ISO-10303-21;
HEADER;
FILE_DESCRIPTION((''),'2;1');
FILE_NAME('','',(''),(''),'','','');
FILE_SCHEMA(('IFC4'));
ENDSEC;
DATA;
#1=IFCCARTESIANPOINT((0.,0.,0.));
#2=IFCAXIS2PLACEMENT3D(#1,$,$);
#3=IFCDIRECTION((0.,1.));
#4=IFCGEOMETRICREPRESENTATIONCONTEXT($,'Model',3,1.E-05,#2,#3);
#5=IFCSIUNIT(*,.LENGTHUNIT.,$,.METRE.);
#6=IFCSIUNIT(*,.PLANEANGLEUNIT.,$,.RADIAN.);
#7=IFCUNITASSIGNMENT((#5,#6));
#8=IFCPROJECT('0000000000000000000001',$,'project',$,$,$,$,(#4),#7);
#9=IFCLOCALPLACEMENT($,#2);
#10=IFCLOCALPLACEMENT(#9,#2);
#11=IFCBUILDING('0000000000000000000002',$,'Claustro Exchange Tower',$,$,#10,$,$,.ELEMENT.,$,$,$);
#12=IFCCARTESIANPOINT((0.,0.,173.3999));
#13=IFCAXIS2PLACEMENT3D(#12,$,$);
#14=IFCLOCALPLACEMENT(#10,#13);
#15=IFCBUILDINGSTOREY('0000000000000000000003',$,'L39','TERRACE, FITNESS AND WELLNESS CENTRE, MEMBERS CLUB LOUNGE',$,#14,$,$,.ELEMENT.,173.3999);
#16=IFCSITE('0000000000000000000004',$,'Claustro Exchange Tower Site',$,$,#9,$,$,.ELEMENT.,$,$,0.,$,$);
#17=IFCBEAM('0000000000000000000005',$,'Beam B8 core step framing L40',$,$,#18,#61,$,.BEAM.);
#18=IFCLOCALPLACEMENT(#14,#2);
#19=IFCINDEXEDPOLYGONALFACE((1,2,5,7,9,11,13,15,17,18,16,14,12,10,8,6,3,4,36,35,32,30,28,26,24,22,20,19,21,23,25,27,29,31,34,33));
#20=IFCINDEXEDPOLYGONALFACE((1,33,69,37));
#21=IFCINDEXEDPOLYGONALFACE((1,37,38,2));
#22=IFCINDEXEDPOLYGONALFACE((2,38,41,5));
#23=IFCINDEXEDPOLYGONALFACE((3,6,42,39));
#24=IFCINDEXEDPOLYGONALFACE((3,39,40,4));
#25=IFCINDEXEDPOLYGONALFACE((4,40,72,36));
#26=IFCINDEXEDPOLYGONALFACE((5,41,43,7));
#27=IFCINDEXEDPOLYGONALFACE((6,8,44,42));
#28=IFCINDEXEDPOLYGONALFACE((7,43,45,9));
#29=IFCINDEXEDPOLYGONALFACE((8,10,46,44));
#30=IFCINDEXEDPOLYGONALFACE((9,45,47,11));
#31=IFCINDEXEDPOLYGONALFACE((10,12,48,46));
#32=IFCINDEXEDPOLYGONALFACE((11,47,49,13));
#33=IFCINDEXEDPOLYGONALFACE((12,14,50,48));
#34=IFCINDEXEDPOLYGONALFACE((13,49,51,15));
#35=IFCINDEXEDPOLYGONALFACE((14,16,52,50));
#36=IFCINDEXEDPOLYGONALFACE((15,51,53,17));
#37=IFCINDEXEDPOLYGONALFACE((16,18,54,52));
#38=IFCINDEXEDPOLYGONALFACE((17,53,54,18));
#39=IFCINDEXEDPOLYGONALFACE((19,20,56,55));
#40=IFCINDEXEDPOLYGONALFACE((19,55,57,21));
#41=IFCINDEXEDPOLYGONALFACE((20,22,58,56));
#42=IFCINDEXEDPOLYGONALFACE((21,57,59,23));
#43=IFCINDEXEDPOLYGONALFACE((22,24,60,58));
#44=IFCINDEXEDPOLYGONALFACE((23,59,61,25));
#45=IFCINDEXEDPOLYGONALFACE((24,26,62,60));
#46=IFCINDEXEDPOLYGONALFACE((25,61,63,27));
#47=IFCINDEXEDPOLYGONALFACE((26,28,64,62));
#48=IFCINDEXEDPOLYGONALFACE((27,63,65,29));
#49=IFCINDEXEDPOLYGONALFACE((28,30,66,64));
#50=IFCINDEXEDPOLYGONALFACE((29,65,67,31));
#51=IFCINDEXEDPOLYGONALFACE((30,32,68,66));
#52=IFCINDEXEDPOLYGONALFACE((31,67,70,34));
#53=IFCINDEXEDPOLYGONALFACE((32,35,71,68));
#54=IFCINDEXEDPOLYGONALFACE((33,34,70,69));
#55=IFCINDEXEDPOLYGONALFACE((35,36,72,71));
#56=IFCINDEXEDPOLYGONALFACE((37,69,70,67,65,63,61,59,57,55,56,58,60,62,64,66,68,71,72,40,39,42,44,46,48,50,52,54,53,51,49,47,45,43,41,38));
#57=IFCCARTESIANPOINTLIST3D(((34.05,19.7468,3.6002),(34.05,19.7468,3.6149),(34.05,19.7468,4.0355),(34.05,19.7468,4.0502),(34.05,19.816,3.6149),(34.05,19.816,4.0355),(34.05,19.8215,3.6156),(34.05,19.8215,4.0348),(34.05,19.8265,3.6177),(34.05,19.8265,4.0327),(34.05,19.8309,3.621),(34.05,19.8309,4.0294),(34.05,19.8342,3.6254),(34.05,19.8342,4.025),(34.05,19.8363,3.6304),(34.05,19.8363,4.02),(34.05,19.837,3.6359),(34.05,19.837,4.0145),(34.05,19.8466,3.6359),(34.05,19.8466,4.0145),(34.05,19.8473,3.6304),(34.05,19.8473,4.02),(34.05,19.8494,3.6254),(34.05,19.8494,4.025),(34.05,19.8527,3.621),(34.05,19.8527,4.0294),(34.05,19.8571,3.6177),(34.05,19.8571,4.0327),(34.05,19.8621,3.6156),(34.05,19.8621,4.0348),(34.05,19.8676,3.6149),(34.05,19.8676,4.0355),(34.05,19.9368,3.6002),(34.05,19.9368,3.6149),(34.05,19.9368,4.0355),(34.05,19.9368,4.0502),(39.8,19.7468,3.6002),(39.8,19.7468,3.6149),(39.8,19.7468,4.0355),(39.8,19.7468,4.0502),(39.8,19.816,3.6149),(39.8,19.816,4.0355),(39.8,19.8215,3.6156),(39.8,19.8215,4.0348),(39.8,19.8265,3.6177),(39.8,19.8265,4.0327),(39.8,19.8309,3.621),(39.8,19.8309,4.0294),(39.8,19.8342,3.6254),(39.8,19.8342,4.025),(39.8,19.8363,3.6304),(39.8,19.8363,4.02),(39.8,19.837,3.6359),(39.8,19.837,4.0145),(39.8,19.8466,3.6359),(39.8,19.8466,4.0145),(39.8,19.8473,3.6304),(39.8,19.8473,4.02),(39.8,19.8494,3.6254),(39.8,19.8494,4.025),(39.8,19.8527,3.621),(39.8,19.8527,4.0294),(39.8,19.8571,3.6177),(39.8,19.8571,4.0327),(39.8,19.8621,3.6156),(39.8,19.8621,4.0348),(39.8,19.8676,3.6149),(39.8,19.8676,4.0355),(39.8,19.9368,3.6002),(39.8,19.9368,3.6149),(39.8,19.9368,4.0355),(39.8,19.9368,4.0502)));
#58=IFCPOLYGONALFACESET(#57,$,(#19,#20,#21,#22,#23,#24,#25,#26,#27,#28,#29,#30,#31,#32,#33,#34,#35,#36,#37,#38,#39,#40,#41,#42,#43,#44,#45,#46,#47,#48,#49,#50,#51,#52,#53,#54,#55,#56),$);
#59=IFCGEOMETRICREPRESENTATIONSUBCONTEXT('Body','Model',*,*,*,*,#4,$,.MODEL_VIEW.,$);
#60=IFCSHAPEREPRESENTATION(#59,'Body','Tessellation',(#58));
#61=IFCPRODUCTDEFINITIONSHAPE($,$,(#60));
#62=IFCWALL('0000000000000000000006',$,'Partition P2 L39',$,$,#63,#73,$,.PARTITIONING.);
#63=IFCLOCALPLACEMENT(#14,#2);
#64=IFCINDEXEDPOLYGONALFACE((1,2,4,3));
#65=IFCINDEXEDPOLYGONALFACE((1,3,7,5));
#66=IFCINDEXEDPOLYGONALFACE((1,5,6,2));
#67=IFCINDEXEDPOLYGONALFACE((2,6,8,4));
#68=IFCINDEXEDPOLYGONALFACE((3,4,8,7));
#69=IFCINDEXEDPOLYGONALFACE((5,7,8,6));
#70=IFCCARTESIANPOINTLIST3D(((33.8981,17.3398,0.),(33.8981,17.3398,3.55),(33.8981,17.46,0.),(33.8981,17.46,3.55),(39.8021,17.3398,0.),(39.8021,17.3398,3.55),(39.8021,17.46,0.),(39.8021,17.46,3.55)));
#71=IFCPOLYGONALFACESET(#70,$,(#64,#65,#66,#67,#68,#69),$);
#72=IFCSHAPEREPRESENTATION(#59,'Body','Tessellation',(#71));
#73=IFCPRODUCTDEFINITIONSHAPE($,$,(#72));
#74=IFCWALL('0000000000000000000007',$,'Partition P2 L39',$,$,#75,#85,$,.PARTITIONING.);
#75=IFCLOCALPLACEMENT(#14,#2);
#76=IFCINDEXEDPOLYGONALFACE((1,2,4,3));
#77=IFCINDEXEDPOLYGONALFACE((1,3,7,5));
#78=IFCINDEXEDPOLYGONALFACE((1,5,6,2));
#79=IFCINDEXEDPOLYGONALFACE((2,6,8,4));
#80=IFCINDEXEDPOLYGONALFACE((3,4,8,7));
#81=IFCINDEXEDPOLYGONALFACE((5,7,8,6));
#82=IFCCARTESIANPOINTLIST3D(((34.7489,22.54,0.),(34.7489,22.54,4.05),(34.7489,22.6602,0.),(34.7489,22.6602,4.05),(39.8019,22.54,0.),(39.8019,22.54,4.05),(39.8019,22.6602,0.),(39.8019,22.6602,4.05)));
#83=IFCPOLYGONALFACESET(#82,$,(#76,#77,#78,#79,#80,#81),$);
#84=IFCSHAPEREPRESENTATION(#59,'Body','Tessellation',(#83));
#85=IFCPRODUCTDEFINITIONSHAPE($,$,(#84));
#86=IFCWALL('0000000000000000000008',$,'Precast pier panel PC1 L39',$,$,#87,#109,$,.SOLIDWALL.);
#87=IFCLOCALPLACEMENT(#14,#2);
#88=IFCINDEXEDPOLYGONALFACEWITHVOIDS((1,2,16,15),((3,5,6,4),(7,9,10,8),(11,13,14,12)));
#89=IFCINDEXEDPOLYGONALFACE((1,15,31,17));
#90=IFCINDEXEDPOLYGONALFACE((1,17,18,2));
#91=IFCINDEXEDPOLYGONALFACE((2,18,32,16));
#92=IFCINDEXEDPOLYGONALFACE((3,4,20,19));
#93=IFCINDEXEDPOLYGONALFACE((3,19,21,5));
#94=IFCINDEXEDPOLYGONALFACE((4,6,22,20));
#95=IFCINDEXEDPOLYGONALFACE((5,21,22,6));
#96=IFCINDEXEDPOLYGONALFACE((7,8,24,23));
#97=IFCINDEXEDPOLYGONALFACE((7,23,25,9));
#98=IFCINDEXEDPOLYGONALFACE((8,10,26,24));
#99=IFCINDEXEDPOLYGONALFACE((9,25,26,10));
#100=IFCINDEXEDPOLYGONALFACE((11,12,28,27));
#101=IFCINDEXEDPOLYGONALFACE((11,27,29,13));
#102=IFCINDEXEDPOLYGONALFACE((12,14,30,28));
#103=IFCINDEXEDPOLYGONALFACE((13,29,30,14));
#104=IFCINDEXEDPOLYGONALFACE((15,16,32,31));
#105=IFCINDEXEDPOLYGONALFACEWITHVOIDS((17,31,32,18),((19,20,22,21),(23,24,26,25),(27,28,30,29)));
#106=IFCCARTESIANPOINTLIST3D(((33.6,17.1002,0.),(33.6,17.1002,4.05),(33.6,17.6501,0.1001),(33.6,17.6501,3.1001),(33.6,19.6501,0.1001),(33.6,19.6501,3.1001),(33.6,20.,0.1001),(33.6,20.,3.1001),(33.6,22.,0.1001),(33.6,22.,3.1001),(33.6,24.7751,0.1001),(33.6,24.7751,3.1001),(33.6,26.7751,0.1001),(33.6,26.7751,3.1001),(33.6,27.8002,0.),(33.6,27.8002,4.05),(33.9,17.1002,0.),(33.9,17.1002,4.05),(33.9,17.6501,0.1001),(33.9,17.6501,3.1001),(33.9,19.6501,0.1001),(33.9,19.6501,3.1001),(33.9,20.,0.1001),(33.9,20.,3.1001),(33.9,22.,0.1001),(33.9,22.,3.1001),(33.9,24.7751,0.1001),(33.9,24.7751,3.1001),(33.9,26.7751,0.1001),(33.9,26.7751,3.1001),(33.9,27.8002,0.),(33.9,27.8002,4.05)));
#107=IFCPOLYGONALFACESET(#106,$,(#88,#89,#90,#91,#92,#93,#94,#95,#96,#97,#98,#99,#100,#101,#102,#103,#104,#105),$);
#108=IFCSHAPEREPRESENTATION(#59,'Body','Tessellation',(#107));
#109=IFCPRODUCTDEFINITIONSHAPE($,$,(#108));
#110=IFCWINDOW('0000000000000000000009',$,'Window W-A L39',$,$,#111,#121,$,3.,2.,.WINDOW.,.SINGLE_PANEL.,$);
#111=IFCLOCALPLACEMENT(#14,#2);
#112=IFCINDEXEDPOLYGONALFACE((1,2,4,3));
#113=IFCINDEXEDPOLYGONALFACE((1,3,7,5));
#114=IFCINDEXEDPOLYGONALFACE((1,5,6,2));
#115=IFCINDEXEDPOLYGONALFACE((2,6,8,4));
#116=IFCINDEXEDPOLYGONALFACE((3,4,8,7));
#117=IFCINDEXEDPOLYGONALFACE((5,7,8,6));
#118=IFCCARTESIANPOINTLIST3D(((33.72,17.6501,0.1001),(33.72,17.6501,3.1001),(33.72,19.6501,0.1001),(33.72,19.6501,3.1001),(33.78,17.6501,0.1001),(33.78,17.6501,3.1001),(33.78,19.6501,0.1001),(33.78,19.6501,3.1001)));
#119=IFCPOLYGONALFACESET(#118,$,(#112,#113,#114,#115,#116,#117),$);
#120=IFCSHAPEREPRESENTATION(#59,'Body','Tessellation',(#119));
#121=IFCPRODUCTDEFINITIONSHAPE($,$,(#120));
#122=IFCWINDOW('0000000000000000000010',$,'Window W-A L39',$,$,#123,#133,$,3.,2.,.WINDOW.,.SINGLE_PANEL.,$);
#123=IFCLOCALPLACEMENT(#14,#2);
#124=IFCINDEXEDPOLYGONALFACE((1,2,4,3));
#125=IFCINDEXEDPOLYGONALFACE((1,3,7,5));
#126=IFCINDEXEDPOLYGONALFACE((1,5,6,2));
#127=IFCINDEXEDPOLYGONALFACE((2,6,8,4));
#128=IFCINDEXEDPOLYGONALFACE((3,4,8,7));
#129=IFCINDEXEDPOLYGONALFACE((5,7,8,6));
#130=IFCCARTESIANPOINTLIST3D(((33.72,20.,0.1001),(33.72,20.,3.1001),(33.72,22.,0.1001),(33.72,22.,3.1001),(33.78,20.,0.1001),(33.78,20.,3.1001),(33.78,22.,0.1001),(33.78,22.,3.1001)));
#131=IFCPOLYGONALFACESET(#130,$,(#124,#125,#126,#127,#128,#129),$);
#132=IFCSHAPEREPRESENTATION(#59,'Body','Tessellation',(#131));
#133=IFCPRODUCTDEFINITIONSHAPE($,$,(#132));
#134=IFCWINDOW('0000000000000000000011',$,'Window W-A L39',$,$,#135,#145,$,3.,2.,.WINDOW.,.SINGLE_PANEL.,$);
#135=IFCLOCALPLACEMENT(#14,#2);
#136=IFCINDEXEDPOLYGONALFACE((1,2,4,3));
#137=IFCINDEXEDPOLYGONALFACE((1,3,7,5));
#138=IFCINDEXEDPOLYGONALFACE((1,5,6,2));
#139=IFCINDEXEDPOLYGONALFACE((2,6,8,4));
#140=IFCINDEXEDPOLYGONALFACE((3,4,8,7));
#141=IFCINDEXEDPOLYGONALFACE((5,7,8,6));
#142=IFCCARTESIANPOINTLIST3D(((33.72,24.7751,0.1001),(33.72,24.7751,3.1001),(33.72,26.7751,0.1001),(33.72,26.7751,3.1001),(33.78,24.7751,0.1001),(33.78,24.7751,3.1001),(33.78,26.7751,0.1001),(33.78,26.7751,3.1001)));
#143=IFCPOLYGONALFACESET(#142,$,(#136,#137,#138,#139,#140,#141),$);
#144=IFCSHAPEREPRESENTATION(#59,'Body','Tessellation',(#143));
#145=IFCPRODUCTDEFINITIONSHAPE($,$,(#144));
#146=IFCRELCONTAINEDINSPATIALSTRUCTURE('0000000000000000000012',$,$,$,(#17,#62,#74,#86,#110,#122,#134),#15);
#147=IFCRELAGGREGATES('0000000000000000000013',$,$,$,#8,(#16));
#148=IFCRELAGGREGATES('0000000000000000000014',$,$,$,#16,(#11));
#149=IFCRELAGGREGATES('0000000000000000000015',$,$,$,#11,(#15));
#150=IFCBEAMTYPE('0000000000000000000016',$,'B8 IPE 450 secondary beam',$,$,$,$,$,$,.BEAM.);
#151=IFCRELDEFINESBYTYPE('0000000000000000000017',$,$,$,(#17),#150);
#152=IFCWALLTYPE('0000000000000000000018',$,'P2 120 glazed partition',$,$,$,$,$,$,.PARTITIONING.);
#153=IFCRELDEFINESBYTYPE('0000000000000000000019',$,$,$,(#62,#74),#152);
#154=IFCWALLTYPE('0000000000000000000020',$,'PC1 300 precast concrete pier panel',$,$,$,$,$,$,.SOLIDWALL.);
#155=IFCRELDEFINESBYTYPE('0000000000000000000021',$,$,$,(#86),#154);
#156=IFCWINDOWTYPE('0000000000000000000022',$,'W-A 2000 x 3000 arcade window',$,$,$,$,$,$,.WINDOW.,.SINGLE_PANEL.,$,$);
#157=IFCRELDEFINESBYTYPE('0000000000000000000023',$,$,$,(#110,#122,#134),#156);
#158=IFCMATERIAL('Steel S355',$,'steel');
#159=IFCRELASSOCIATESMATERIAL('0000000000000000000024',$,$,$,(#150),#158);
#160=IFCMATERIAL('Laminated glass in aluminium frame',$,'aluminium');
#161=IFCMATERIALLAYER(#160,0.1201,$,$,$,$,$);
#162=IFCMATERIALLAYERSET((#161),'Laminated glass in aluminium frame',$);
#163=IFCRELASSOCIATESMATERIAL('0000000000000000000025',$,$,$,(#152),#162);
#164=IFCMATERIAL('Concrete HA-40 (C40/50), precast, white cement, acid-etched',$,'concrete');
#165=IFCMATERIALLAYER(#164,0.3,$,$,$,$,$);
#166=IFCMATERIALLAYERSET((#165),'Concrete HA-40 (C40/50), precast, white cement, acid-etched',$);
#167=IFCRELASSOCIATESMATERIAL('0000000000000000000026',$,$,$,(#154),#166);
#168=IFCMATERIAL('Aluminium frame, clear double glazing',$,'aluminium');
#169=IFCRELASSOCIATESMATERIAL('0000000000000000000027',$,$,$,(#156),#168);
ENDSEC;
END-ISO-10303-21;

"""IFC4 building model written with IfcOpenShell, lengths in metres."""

from ifc_helpers import new_model, si_unit, direction, frame, frame_2d, origin, origin_2d, place, context, subcontext, project, spatial, rectangle, i_section, extrude, material, layer, layer_set, material_profile, profile_set, type_object, element, fill, save


model = new_model("IFC4")

# Units and contexts
model_context = context("Model", 3, precision=1e-05, world=origin(), true_north=direction((0.0, 1.0)))
body_context = subcontext(model_context, "Body", "Model", "MODEL_VIEW")
ifc_project = project(units=[si_unit("LENGTHUNIT", "METRE"), si_unit("PLANEANGLEUNIT", "RADIAN")], contexts=[model_context])

# Site, building, storey
site_placement = place(None, origin())
site = spatial("IfcSite", under=ifc_project, at=site_placement, Name="Claustro Exchange Tower Site", CompositionType="ELEMENT", RefElevation=0.0)
building_placement = place(site_placement, origin())
building = spatial("IfcBuilding", under=site, at=building_placement, Name="Claustro Exchange Tower", CompositionType="ELEMENT")
storey_placement = place(building_placement, frame((0.0, 0.0, 173.3999)))
storey = spatial("IfcBuildingStorey", under=building, at=storey_placement, Name="L39", Description="TERRACE, FITNESS AND WELLNESS CENTRE, MEMBERS CLUB LOUNGE", CompositionType="ELEMENT", Elevation=173.3999)

# Beam
ifc_material_1 = material(Name="Steel S355", Category="steel")
ifc_material_profile_1 = material_profile(ifc_material_1, i_section(OverallWidth=0.1899, OverallDepth=0.45, WebThickness=0.0095, FlangeThickness=0.0146, FilletRadius=0.021, at=origin_2d()), Name="IPE 450")
ifc_profile_set_1 = profile_set([ifc_material_profile_1], Name="Steel S355")
beam_type_1 = type_object("IfcBeamType", Name="B8 IPE 450 secondary beam", PredefinedType="BEAM", material=ifc_profile_set_1)
for number, where, z_axis, x_axis, name in (
    (1, (34.05, 19.8418, 3.8252), (1.0, 0.0, 0.0), (0.0, 1.0, 0.0), "Beam B8 core step framing L40"),
):
    element("IfcBeam", number, at=place(storey_placement, frame(where, z_axis=z_axis, x_axis=x_axis)), inside=storey, type_object=beam_type_1, Name=name, PredefinedType="BEAM", context=body_context, shape_type="SweptSolid", body=[
        extrude(i_section(OverallWidth=0.1899, OverallDepth=0.45, WebThickness=0.0095, FlangeThickness=0.0146, FilletRadius=0.021, at=origin_2d()), origin(), (0.0, 0.0, 1.0), 5.75),
    ])

# Walls
ifc_material_2 = material(Name="Laminated glass in aluminium frame", Category="aluminium")
ifc_layer_1 = layer(ifc_material_2, 0.1201)
ifc_layer_set_1 = layer_set([ifc_layer_1], Name="Laminated glass in aluminium frame")
wall_type_1 = type_object("IfcWallType", Name="P2 120 glazed partition", PredefinedType="PARTITIONING", material=ifc_layer_set_1)
wall_1_placement = place(storey_placement, frame((33.8979, 17.3999, 0.0), z_axis=(0.0, 0.0, 1.0), x_axis=(1.0, 0.0, 0.0)))
element("IfcWall", 2, at=wall_1_placement, inside=storey, type_object=wall_type_1, Name="Partition P2 L39", PredefinedType="PARTITIONING", context=body_context, shape_type="SweptSolid", body=[
    extrude(rectangle(XDim=5.9041, YDim=0.1201, at=frame_2d((2.9521, 0.0))), origin(), (0.0, 0.0, 1.0), 3.55),
])
wall_2_placement = place(storey_placement, frame((34.749, 22.6001, 0.0), z_axis=(0.0, 0.0, 1.0), x_axis=(1.0, 0.0, 0.0)))
element("IfcWall", 3, at=wall_2_placement, inside=storey, type_object=wall_type_1, Name="Partition P2 L39", PredefinedType="PARTITIONING", context=body_context, shape_type="SweptSolid", body=[
    extrude(rectangle(XDim=5.053, YDim=0.1201, at=frame_2d((2.5264, 0.0))), origin(), (0.0, 0.0, 1.0), 4.05),
])

# Wall, openings, windows
ifc_material_3 = material(Name="Concrete HA-40 (C40/50), precast, white cement, acid-etched", Category="concrete")
ifc_layer_2 = layer(ifc_material_3, 0.3)
ifc_layer_set_2 = layer_set([ifc_layer_2], Name="Concrete HA-40 (C40/50), precast, white cement, acid-etched")
wall_type_2 = type_object("IfcWallType", Name="PC1 300 precast concrete pier panel", PredefinedType="SOLIDWALL", material=ifc_layer_set_2)
wall_3_placement = place(storey_placement, frame((33.75, 17.1001, 0.0), z_axis=(0.0, 0.0, 1.0), x_axis=(0.0, 1.0, 0.0)))
wall_3 = element("IfcWall", 4, at=wall_3_placement, inside=storey, type_object=wall_type_2, Name="Precast pier panel PC1 L39", PredefinedType="SOLIDWALL", context=body_context, shape_type="SweptSolid", body=[
    extrude(rectangle(XDim=10.7, YDim=0.3, at=frame_2d((5.3501, 0.0))), origin(), (0.0, 0.0, 1.0), 4.05),
])
opening_1_placement = place(wall_3_placement, frame((0.55, 0.0, 0.1001)))
opening_1 = element("IfcOpeningElement", 5, at=opening_1_placement, cuts=wall_3, PredefinedType="OPENING", context=body_context, shape_type="SweptSolid", body=[
    extrude(rectangle(XDim=2.0, YDim=3.0, at=frame_2d((1.0, 1.5))), frame((0.0, 0.1599, 0.0), z_axis=(0.0, -1.0, 0.0), x_axis=(1.0, 0.0, 0.0)), (0.0, 0.0, 1.0), 0.3201),
])
opening_2_placement = place(wall_3_placement, frame((2.8999, 0.0, 0.1001)))
opening_2 = element("IfcOpeningElement", 6, at=opening_2_placement, cuts=wall_3, PredefinedType="OPENING", context=body_context, shape_type="SweptSolid", body=[
    extrude(rectangle(XDim=2.0, YDim=3.0, at=frame_2d((1.0, 1.5))), frame((0.0, 0.1599, 0.0), z_axis=(0.0, -1.0, 0.0), x_axis=(1.0, 0.0, 0.0)), (0.0, 0.0, 1.0), 0.3201),
])
opening_3_placement = place(wall_3_placement, frame((7.675, 0.0, 0.1001)))
opening_3 = element("IfcOpeningElement", 7, at=opening_3_placement, cuts=wall_3, PredefinedType="OPENING", context=body_context, shape_type="SweptSolid", body=[
    extrude(rectangle(XDim=2.0, YDim=3.0, at=frame_2d((1.0, 1.5))), frame((0.0, 0.1599, 0.0), z_axis=(0.0, -1.0, 0.0), x_axis=(1.0, 0.0, 0.0)), (0.0, 0.0, 1.0), 0.3201),
])
ifc_material_4 = material(Name="Aluminium frame, clear double glazing", Category="aluminium")
window_type = type_object("IfcWindowType", Name="W-A 2000 x 3000 arcade window", PartitioningType="SINGLE_PANEL", PredefinedType="WINDOW", material=ifc_material_4)
window_1_placement = place(opening_1_placement, origin())
window_1 = element("IfcWindow", 8, at=window_1_placement, inside=storey, type_object=window_type, Name="Window W-A L39", OverallHeight=3.0, OverallWidth=2.0, PartitioningType="SINGLE_PANEL", PredefinedType="WINDOW", context=body_context, shape_type="SweptSolid", body=[
    extrude(rectangle(XDim=2.0, YDim=3.0, at=frame_2d((1.0, 1.5))), frame((0.0, 0.03, 0.0), z_axis=(0.0, -1.0, 0.0), x_axis=(1.0, 0.0, 0.0)), (0.0, 0.0, 1.0), 0.0601),
])
fill(opening_1, window_1)
window_2_placement = place(opening_2_placement, origin())
window_2 = element("IfcWindow", 9, at=window_2_placement, inside=storey, type_object=window_type, Name="Window W-A L39", OverallHeight=3.0, OverallWidth=2.0, PartitioningType="SINGLE_PANEL", PredefinedType="WINDOW", context=body_context, shape_type="SweptSolid", body=[
    extrude(rectangle(XDim=2.0, YDim=3.0, at=frame_2d((1.0, 1.5))), frame((0.0, 0.03, 0.0), z_axis=(0.0, -1.0, 0.0), x_axis=(1.0, 0.0, 0.0)), (0.0, 0.0, 1.0), 0.0601),
])
fill(opening_2, window_2)
window_3_placement = place(opening_3_placement, origin())
window_3 = element("IfcWindow", 10, at=window_3_placement, inside=storey, type_object=window_type, Name="Window W-A L39", OverallHeight=3.0, OverallWidth=2.0, PartitioningType="SINGLE_PANEL", PredefinedType="WINDOW", context=body_context, shape_type="SweptSolid", body=[
    extrude(rectangle(XDim=2.0, YDim=3.0, at=frame_2d((1.0, 1.5))), frame((0.0, 0.03, 0.0), z_axis=(0.0, -1.0, 0.0), x_axis=(1.0, 0.0, 0.0)), (0.0, 0.0, 1.0), 0.0601),
])
fill(opening_3, window_3)

save(model, "model.ifc")
